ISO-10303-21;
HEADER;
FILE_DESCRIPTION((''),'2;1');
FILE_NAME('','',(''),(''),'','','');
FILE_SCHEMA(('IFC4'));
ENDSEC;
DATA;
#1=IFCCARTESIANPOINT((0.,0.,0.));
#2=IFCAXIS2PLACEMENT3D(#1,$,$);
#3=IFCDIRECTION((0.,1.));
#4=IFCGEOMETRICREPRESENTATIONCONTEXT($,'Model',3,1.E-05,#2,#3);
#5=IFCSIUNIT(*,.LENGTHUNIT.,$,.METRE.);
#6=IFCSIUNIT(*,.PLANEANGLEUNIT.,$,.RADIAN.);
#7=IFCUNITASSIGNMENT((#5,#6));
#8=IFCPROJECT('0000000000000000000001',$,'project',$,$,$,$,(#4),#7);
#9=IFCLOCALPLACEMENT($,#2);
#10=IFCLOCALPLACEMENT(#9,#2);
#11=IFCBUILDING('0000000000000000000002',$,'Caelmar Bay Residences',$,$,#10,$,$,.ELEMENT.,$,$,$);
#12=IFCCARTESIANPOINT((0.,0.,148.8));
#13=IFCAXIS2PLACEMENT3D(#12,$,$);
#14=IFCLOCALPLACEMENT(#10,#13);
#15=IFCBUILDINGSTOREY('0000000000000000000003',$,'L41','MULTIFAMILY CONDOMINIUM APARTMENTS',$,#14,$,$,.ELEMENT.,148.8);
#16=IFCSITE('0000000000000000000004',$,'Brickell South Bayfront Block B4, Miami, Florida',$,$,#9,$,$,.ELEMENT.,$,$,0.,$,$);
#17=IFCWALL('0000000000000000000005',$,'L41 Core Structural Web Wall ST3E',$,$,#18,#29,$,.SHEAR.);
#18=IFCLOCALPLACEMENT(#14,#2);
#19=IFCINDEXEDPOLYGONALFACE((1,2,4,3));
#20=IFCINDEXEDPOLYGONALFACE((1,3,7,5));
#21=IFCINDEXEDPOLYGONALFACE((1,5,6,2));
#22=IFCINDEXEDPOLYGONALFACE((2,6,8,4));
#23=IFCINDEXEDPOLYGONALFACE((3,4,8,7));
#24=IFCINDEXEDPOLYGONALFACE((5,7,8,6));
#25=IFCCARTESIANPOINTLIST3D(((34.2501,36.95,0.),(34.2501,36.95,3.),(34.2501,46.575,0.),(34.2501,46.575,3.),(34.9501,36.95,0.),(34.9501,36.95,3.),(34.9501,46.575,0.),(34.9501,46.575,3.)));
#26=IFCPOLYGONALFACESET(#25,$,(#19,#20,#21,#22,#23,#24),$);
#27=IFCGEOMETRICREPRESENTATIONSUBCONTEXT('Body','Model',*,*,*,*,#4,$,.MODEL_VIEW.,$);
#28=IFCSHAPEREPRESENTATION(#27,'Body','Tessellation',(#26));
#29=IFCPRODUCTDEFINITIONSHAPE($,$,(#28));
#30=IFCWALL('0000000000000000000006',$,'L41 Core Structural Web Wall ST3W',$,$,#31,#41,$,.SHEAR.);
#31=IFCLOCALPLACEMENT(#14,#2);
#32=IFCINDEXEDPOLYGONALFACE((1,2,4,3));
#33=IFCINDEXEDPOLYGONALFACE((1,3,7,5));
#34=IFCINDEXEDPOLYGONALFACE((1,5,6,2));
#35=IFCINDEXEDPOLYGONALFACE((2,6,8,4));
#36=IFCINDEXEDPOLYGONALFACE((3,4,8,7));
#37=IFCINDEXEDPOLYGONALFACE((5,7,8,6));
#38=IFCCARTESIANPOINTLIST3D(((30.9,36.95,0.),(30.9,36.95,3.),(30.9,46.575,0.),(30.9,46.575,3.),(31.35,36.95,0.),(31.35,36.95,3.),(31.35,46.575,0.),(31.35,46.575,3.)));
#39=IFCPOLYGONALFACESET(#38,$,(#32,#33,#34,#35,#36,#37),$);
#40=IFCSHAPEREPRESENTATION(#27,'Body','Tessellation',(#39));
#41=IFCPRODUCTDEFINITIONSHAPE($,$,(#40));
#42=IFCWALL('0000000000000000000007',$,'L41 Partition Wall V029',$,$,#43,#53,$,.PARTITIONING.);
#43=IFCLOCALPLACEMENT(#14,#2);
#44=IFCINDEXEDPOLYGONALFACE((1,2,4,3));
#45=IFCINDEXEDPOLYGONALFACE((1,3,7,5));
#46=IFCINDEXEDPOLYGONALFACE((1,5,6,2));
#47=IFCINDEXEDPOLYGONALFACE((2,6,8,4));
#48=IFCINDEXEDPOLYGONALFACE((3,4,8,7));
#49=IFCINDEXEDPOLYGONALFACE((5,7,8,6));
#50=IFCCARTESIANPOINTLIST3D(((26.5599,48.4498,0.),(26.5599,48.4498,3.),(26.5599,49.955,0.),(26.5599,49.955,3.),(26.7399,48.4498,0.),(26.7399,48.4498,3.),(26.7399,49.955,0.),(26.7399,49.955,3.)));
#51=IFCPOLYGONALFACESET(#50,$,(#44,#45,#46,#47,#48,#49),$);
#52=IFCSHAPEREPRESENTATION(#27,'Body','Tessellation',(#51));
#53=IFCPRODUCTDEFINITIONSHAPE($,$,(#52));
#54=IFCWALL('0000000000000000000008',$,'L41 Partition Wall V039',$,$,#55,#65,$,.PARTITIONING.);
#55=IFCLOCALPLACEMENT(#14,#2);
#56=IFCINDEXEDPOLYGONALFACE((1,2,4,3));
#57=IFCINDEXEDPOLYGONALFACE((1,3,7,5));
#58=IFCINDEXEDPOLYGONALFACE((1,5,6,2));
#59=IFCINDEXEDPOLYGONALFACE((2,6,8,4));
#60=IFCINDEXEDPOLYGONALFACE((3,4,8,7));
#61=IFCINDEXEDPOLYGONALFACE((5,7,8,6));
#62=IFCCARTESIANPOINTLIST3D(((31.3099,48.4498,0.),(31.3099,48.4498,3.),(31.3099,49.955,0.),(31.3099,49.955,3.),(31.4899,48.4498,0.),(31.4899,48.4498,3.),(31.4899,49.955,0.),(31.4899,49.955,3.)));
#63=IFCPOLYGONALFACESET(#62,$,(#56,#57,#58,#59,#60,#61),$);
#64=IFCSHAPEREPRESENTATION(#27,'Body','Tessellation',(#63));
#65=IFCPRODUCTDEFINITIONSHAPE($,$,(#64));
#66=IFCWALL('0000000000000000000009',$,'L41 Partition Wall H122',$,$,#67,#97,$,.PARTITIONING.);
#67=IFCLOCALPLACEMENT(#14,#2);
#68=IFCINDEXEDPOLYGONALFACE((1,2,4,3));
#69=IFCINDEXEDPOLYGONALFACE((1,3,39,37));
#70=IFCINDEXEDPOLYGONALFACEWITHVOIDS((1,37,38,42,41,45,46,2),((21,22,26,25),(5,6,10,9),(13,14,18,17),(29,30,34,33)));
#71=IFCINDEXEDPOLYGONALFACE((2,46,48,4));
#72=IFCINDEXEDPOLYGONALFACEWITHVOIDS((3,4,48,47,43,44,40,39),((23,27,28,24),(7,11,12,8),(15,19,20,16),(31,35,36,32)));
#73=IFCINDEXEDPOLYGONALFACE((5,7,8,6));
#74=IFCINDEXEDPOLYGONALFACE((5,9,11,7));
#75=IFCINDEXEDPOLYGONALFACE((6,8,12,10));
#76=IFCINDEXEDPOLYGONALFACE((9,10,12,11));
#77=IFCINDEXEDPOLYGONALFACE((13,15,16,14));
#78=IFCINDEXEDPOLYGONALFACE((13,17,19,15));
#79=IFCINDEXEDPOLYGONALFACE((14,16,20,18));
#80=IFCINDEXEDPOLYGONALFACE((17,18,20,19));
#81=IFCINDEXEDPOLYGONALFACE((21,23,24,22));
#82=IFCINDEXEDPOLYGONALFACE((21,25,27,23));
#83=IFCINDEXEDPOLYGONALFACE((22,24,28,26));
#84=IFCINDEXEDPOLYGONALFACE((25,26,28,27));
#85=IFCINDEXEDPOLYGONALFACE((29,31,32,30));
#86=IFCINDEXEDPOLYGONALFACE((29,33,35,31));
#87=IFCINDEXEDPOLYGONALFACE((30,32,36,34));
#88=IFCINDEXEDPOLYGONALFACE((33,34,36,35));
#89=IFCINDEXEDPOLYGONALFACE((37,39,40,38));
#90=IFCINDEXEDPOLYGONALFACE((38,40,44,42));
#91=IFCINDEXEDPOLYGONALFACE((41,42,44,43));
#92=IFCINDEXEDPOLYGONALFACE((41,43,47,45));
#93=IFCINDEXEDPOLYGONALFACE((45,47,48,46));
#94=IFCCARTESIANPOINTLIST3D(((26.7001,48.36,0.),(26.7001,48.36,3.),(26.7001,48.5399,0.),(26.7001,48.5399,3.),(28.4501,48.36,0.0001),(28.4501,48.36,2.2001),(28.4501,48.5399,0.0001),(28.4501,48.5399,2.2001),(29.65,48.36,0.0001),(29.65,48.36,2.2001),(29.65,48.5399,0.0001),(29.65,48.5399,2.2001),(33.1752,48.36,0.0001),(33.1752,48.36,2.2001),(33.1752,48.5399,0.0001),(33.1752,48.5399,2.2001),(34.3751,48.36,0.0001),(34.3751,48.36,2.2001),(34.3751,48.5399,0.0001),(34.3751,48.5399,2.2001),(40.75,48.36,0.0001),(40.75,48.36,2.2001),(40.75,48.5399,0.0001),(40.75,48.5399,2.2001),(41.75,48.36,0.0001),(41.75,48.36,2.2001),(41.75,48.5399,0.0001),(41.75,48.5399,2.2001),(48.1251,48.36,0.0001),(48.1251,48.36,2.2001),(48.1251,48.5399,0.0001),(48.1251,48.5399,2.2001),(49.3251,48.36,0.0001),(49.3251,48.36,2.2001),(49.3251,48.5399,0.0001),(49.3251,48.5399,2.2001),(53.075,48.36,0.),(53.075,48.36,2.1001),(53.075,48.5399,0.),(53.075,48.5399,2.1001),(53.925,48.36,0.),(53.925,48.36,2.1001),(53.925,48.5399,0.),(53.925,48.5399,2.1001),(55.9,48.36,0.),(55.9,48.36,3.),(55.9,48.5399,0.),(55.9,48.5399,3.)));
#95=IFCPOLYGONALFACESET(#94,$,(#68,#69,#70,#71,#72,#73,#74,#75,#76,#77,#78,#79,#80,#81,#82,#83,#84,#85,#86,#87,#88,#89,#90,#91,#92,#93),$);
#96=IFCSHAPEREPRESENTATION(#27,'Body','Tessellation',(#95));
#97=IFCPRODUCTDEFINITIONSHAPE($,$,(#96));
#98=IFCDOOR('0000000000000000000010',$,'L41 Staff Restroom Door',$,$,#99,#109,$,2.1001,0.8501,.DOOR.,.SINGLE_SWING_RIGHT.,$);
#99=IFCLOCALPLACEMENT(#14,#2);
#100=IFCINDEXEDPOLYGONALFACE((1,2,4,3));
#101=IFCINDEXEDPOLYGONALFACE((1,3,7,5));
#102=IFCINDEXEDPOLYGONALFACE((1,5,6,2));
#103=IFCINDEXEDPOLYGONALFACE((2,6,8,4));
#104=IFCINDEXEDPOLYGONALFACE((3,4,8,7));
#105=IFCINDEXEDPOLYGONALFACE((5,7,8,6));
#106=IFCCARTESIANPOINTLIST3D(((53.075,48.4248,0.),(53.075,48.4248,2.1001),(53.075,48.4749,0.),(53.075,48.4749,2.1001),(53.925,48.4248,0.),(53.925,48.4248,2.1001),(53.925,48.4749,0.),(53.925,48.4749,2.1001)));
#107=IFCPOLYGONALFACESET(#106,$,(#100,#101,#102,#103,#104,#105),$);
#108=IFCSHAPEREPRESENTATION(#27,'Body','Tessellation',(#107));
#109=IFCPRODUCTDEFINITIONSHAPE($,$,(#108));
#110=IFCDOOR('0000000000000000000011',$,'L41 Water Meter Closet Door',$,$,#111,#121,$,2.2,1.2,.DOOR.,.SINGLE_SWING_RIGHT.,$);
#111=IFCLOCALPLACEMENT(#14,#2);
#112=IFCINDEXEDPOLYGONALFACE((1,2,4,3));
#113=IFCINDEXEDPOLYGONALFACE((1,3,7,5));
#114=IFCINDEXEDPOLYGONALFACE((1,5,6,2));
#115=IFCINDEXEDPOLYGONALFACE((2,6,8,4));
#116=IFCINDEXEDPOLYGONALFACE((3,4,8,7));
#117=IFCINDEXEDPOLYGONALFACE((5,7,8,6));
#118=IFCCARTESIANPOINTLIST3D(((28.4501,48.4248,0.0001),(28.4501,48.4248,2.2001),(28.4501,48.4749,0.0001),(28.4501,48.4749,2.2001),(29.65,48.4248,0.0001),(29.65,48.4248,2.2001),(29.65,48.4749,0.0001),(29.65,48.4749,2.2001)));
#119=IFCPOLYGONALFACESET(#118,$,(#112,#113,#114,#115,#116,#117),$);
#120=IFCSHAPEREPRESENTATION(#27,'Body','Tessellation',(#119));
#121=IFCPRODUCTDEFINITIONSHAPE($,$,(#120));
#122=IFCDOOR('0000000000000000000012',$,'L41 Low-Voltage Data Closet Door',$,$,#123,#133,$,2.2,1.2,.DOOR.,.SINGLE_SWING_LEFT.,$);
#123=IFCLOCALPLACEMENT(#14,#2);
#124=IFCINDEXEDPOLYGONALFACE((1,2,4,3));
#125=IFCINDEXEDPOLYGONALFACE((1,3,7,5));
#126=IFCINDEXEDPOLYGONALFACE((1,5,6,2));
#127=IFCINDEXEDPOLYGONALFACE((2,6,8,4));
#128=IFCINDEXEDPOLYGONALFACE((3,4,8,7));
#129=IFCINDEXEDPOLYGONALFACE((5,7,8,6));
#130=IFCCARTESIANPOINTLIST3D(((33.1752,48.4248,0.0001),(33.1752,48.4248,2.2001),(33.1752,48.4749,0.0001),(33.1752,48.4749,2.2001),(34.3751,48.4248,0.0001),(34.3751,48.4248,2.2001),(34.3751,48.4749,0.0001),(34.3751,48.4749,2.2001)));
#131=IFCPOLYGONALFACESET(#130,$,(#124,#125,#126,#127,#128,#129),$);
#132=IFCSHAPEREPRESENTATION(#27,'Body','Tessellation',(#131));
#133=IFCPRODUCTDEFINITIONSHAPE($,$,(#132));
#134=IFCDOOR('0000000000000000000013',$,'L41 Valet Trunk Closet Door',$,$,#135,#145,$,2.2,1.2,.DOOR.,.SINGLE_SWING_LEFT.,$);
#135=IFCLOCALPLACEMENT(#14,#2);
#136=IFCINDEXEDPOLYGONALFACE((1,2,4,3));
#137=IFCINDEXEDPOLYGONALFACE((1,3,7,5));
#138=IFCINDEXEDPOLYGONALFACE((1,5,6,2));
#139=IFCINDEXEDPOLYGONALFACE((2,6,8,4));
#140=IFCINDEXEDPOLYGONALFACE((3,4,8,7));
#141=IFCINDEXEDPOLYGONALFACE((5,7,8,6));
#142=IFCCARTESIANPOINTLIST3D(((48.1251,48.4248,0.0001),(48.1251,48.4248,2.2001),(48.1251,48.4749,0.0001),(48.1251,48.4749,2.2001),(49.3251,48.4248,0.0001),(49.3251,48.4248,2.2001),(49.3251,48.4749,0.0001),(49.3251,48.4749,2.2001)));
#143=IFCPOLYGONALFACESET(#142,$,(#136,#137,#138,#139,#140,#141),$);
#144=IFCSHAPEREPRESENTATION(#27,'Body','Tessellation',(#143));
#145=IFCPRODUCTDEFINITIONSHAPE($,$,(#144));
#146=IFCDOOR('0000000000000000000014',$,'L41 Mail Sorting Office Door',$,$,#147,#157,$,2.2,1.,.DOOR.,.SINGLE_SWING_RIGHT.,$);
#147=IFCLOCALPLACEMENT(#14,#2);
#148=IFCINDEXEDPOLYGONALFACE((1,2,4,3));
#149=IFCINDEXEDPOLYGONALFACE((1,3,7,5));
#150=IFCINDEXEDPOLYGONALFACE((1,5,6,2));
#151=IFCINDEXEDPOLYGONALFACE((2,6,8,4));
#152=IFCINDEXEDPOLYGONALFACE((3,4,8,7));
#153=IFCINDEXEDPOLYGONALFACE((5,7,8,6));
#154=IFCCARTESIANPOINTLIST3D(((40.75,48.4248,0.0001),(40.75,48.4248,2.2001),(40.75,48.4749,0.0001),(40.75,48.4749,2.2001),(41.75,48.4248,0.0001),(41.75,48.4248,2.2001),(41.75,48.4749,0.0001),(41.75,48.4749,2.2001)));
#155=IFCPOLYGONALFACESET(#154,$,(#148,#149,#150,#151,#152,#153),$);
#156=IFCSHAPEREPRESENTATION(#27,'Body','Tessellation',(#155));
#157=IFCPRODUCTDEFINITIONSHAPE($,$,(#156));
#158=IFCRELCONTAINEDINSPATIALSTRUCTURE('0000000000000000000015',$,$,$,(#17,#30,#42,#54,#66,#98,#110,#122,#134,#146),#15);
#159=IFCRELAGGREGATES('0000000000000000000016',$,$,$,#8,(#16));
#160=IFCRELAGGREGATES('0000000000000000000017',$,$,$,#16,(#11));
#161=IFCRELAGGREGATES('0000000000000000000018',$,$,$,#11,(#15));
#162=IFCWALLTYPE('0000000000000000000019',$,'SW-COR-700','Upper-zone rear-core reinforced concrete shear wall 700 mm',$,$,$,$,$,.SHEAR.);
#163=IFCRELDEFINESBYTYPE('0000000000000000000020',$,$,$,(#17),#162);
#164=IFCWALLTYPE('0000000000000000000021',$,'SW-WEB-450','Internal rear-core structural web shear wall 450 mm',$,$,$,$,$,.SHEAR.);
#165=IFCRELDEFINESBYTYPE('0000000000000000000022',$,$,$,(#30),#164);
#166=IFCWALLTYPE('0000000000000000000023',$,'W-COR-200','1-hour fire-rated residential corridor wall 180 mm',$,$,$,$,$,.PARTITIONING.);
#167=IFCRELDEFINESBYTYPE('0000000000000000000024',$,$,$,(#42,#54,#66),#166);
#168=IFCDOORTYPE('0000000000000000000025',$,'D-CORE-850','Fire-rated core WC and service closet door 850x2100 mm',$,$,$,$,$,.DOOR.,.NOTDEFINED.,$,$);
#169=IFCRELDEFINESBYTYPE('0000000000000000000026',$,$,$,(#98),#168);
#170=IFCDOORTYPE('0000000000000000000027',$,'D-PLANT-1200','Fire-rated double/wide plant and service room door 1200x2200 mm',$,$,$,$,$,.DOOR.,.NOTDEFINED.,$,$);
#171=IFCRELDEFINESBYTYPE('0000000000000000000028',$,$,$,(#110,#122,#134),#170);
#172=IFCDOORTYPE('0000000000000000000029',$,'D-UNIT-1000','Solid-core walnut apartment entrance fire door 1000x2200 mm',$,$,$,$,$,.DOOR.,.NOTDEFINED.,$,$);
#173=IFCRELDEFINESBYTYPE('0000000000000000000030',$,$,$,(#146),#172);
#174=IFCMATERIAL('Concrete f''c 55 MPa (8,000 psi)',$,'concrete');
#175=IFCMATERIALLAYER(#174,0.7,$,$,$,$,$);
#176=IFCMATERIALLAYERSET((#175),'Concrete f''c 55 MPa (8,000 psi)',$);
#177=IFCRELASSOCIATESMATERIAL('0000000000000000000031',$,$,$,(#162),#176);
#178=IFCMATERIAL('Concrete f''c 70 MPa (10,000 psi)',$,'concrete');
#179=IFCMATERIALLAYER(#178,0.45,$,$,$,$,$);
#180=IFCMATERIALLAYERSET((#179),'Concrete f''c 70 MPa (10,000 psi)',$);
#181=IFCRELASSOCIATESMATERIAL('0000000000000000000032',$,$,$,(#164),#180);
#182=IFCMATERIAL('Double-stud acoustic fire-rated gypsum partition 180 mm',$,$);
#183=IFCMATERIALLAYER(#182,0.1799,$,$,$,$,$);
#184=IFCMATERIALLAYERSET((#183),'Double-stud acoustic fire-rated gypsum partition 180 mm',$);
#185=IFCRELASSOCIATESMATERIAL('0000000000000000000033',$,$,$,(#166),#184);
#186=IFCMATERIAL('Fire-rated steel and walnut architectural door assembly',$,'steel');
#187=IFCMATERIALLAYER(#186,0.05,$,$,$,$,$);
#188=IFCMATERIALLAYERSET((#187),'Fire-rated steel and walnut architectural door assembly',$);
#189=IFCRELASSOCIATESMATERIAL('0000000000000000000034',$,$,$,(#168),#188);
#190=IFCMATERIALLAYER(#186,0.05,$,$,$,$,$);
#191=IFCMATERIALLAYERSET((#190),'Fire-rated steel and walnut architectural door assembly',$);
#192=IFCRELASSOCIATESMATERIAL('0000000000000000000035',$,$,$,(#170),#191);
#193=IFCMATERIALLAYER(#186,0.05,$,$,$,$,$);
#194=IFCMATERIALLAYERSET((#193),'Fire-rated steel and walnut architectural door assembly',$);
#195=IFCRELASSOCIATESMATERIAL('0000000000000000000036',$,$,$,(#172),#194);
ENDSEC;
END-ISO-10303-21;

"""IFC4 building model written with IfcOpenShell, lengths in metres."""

from ifc_helpers import new_model, si_unit, direction, frame, frame_2d, origin, place, context, subcontext, project, spatial, rectangle, extrude, material, layer, layer_set, type_object, element, fill, save


model = new_model("IFC4")

# Units and contexts
model_context = context("Model", 3, precision=1e-05, world=origin(), true_north=direction((0.0, 1.0)))
body_context = subcontext(model_context, "Body", "Model", "MODEL_VIEW")
ifc_project = project(units=[si_unit("LENGTHUNIT", "METRE"), si_unit("PLANEANGLEUNIT", "RADIAN")], contexts=[model_context])

# Site, building, storey
site_placement = place(None, origin())
site = spatial("IfcSite", under=ifc_project, at=site_placement, Name="Brickell South Bayfront Block B4, Miami, Florida", CompositionType="ELEMENT", RefElevation=0.0)
building_placement = place(site_placement, origin())
building = spatial("IfcBuilding", under=site, at=building_placement, Name="Caelmar Bay Residences", CompositionType="ELEMENT")
storey_placement = place(building_placement, frame((0.0, 0.0, 148.8)))
storey = spatial("IfcBuildingStorey", under=building, at=storey_placement, Name="L41", Description="MULTIFAMILY CONDOMINIUM APARTMENTS", CompositionType="ELEMENT", Elevation=148.8)

# Walls
ifc_material_1 = material(Name="Concrete f'c 55 MPa (8,000 psi)", Category="concrete")
ifc_layer_1 = layer(ifc_material_1, 0.7)
ifc_layer_set_1 = layer_set([ifc_layer_1], Name="Concrete f'c 55 MPa (8,000 psi)")
wall_type_1 = type_object("IfcWallType", Name="SW-COR-700", Description="Upper-zone rear-core reinforced concrete shear wall 700 mm", PredefinedType="SHEAR", material=ifc_layer_set_1)
wall_1_placement = place(storey_placement, frame((34.6001, 36.95, 0.0), z_axis=(0.0, 0.0, 1.0), x_axis=(0.0, 1.0, 0.0)))
element("IfcWall", 1, at=wall_1_placement, inside=storey, type_object=wall_type_1, Name="L41 Core Structural Web Wall ST3E", PredefinedType="SHEAR", context=body_context, shape_type="SweptSolid", body=[
    extrude(rectangle(XDim=9.625, YDim=0.7, at=frame_2d((4.8125, 0.0))), origin(), (0.0, 0.0, 1.0), 3.0),
])
ifc_material_2 = material(Name="Concrete f'c 70 MPa (10,000 psi)", Category="concrete")
ifc_layer_2 = layer(ifc_material_2, 0.45)
ifc_layer_set_2 = layer_set([ifc_layer_2], Name="Concrete f'c 70 MPa (10,000 psi)")
wall_type_2 = type_object("IfcWallType", Name="SW-WEB-450", Description="Internal rear-core structural web shear wall 450 mm", PredefinedType="SHEAR", material=ifc_layer_set_2)
wall_2_placement = place(storey_placement, frame((31.125, 36.95, 0.0), z_axis=(0.0, 0.0, 1.0), x_axis=(0.0, 1.0, 0.0)))
element("IfcWall", 2, at=wall_2_placement, inside=storey, type_object=wall_type_2, Name="L41 Core Structural Web Wall ST3W", PredefinedType="SHEAR", context=body_context, shape_type="SweptSolid", body=[
    extrude(rectangle(XDim=9.625, YDim=0.45, at=frame_2d((4.8125, 0.0))), origin(), (0.0, 0.0, 1.0), 3.0),
])
ifc_material_3 = material(Name="Double-stud acoustic fire-rated gypsum partition 180 mm")
ifc_layer_3 = layer(ifc_material_3, 0.1799)
ifc_layer_set_3 = layer_set([ifc_layer_3], Name="Double-stud acoustic fire-rated gypsum partition 180 mm")
wall_type_3 = type_object("IfcWallType", Name="W-COR-200", Description="1-hour fire-rated residential corridor wall 180 mm", PredefinedType="PARTITIONING", material=ifc_layer_set_3)
for number, where, z_axis, x_axis, name in (
    (3, (26.6499, 48.45, 0.0), (0.0, 0.0, 1.0), (0.0, 1.0, 0.0), "L41 Partition Wall V029"),
    (4, (31.3999, 48.45, 0.0), (0.0, 0.0, 1.0), (0.0, 1.0, 0.0), "L41 Partition Wall V039"),
):
    element("IfcWall", number, at=place(storey_placement, frame(where, z_axis=z_axis, x_axis=x_axis)), inside=storey, type_object=wall_type_3, Name=name, PredefinedType="PARTITIONING", context=body_context, shape_type="SweptSolid", body=[
        extrude(rectangle(XDim=1.5051, YDim=0.1799, at=frame_2d((0.7524, 0.0))), origin(), (0.0, 0.0, 1.0), 3.0),
    ])

# Wall, openings, doors
wall_3_placement = place(storey_placement, frame((26.7, 48.45, 0.0), z_axis=(0.0, 0.0, 1.0), x_axis=(1.0, 0.0, 0.0)))
wall_3 = element("IfcWall", 5, at=wall_3_placement, inside=storey, type_object=wall_type_3, Name="L41 Partition Wall H122", PredefinedType="PARTITIONING", context=body_context, shape_type="SweptSolid", body=[
    extrude(rectangle(XDim=29.2, YDim=0.1799, at=frame_2d((14.6001, 0.0))), origin(), (0.0, 0.0, 1.0), 3.0),
])
opening_1_placement = place(wall_3_placement, frame((1.75, 0.0, 0.0)))
opening_1 = element("IfcOpeningElement", 6, at=opening_1_placement, cuts=wall_3, PredefinedType="OPENING", context=body_context, shape_type="SweptSolid", body=[
    extrude(rectangle(XDim=1.2, YDim=2.2, at=frame_2d((0.6001, 1.1001))), frame((0.0, 0.0999, 0.0), z_axis=(0.0, -1.0, 0.0), x_axis=(1.0, 0.0, 0.0)), (0.0, 0.0, 1.0), 0.2),
])
opening_2_placement = place(wall_3_placement, frame((6.4751, 0.0, 0.0)))
opening_2 = element("IfcOpeningElement", 7, at=opening_2_placement, cuts=wall_3, PredefinedType="OPENING", context=body_context, shape_type="SweptSolid", body=[
    extrude(rectangle(XDim=1.2, YDim=2.2, at=frame_2d((0.6001, 1.1001))), frame((0.0, 0.0999, 0.0), z_axis=(0.0, -1.0, 0.0), x_axis=(1.0, 0.0, 0.0)), (0.0, 0.0, 1.0), 0.2),
])
opening_3_placement = place(wall_3_placement, frame((14.05, 0.0, 0.0)))
opening_3 = element("IfcOpeningElement", 8, at=opening_3_placement, cuts=wall_3, PredefinedType="OPENING", context=body_context, shape_type="SweptSolid", body=[
    extrude(rectangle(XDim=1.0, YDim=2.2, at=frame_2d((0.5, 1.1001))), frame((0.0, 0.0999, 0.0), z_axis=(0.0, -1.0, 0.0), x_axis=(1.0, 0.0, 0.0)), (0.0, 0.0, 1.0), 0.2),
])
opening_4_placement = place(wall_3_placement, frame((21.425, 0.0, 0.0)))
opening_4 = element("IfcOpeningElement", 9, at=opening_4_placement, cuts=wall_3, PredefinedType="OPENING", context=body_context, shape_type="SweptSolid", body=[
    extrude(rectangle(XDim=1.2, YDim=2.2, at=frame_2d((0.6001, 1.1001))), frame((0.0, 0.0999, 0.0), z_axis=(0.0, -1.0, 0.0), x_axis=(1.0, 0.0, 0.0)), (0.0, 0.0, 1.0), 0.2),
])
opening_5_placement = place(wall_3_placement, frame((26.375, 0.0, 0.0)))
opening_5 = element("IfcOpeningElement", 10, at=opening_5_placement, cuts=wall_3, PredefinedType="OPENING", context=body_context, shape_type="SweptSolid", body=[
    extrude(rectangle(XDim=0.8501, YDim=2.1001, at=frame_2d((0.425, 1.05))), frame((0.0, 0.0999, 0.0), z_axis=(0.0, -1.0, 0.0), x_axis=(1.0, 0.0, 0.0)), (0.0, 0.0, 1.0), 0.2),
])
ifc_material_4 = material(Name="Fire-rated steel and walnut architectural door assembly", Category="steel")
ifc_layer_4 = layer(ifc_material_4, 0.05)
ifc_layer_set_4 = layer_set([ifc_layer_4], Name="Fire-rated steel and walnut architectural door assembly")
door_type_1 = type_object("IfcDoorType", Name="D-CORE-850", Description="Fire-rated core WC and service closet door 850x2100 mm", OperationType="NOTDEFINED", PredefinedType="DOOR", material=ifc_layer_set_4)
door_1_placement = place(opening_5_placement, origin())
door_1 = element("IfcDoor", 11, at=door_1_placement, inside=storey, type_object=door_type_1, Name="L41 Staff Restroom Door", OperationType="SINGLE_SWING_RIGHT", OverallHeight=2.1001, OverallWidth=0.8501, PredefinedType="DOOR", context=body_context, shape_type="SweptSolid", body=[
    extrude(rectangle(XDim=0.8501, YDim=2.1001, at=frame_2d((0.425, 1.05))), frame((0.0, 0.0249, 0.0), z_axis=(0.0, -1.0, 0.0), x_axis=(1.0, 0.0, 0.0)), (0.0, 0.0, 1.0), 0.05),
])
fill(opening_5, door_1)
ifc_layer_5 = layer(ifc_material_4, 0.05)
ifc_layer_set_5 = layer_set([ifc_layer_5], Name="Fire-rated steel and walnut architectural door assembly")
door_type_2 = type_object("IfcDoorType", Name="D-PLANT-1200", Description="Fire-rated double/wide plant and service room door 1200x2200 mm", OperationType="NOTDEFINED", PredefinedType="DOOR", material=ifc_layer_set_5)
door_2_placement = place(opening_1_placement, origin())
door_2 = element("IfcDoor", 12, at=door_2_placement, inside=storey, type_object=door_type_2, Name="L41 Water Meter Closet Door", OperationType="SINGLE_SWING_RIGHT", OverallHeight=2.2, OverallWidth=1.2, PredefinedType="DOOR", context=body_context, shape_type="SweptSolid", body=[
    extrude(rectangle(XDim=1.2, YDim=2.2, at=frame_2d((0.6001, 1.1001))), frame((0.0, 0.0249, 0.0), z_axis=(0.0, -1.0, 0.0), x_axis=(1.0, 0.0, 0.0)), (0.0, 0.0, 1.0), 0.05),
])
fill(opening_1, door_2)
door_3_placement = place(opening_2_placement, origin())
door_3 = element("IfcDoor", 13, at=door_3_placement, inside=storey, type_object=door_type_2, Name="L41 Low-Voltage Data Closet Door", OperationType="SINGLE_SWING_LEFT", OverallHeight=2.2, OverallWidth=1.2, PredefinedType="DOOR", context=body_context, shape_type="SweptSolid", body=[
    extrude(rectangle(XDim=1.2, YDim=2.2, at=frame_2d((0.6001, 1.1001))), frame((0.0, 0.0249, 0.0), z_axis=(0.0, -1.0, 0.0), x_axis=(1.0, 0.0, 0.0)), (0.0, 0.0, 1.0), 0.05),
])
fill(opening_2, door_3)
door_4_placement = place(opening_4_placement, origin())
door_4 = element("IfcDoor", 14, at=door_4_placement, inside=storey, type_object=door_type_2, Name="L41 Valet Trunk Closet Door", OperationType="SINGLE_SWING_LEFT", OverallHeight=2.2, OverallWidth=1.2, PredefinedType="DOOR", context=body_context, shape_type="SweptSolid", body=[
    extrude(rectangle(XDim=1.2, YDim=2.2, at=frame_2d((0.6001, 1.1001))), frame((0.0, 0.0249, 0.0), z_axis=(0.0, -1.0, 0.0), x_axis=(1.0, 0.0, 0.0)), (0.0, 0.0, 1.0), 0.05),
])
fill(opening_4, door_4)
ifc_layer_6 = layer(ifc_material_4, 0.05)
ifc_layer_set_6 = layer_set([ifc_layer_6], Name="Fire-rated steel and walnut architectural door assembly")
door_type_3 = type_object("IfcDoorType", Name="D-UNIT-1000", Description="Solid-core walnut apartment entrance fire door 1000x2200 mm", OperationType="NOTDEFINED", PredefinedType="DOOR", material=ifc_layer_set_6)
door_5_placement = place(opening_3_placement, origin())
door_5 = element("IfcDoor", 15, at=door_5_placement, inside=storey, type_object=door_type_3, Name="L41 Mail Sorting Office Door", OperationType="SINGLE_SWING_RIGHT", OverallHeight=2.2, OverallWidth=1.0, PredefinedType="DOOR", context=body_context, shape_type="SweptSolid", body=[
    extrude(rectangle(XDim=1.0, YDim=2.2, at=frame_2d((0.5, 1.1001))), frame((0.0, 0.0249, 0.0), z_axis=(0.0, -1.0, 0.0), x_axis=(1.0, 0.0, 0.0)), (0.0, 0.0, 1.0), 0.05),
])
fill(opening_3, door_5)

save(model, "model.ifc")
